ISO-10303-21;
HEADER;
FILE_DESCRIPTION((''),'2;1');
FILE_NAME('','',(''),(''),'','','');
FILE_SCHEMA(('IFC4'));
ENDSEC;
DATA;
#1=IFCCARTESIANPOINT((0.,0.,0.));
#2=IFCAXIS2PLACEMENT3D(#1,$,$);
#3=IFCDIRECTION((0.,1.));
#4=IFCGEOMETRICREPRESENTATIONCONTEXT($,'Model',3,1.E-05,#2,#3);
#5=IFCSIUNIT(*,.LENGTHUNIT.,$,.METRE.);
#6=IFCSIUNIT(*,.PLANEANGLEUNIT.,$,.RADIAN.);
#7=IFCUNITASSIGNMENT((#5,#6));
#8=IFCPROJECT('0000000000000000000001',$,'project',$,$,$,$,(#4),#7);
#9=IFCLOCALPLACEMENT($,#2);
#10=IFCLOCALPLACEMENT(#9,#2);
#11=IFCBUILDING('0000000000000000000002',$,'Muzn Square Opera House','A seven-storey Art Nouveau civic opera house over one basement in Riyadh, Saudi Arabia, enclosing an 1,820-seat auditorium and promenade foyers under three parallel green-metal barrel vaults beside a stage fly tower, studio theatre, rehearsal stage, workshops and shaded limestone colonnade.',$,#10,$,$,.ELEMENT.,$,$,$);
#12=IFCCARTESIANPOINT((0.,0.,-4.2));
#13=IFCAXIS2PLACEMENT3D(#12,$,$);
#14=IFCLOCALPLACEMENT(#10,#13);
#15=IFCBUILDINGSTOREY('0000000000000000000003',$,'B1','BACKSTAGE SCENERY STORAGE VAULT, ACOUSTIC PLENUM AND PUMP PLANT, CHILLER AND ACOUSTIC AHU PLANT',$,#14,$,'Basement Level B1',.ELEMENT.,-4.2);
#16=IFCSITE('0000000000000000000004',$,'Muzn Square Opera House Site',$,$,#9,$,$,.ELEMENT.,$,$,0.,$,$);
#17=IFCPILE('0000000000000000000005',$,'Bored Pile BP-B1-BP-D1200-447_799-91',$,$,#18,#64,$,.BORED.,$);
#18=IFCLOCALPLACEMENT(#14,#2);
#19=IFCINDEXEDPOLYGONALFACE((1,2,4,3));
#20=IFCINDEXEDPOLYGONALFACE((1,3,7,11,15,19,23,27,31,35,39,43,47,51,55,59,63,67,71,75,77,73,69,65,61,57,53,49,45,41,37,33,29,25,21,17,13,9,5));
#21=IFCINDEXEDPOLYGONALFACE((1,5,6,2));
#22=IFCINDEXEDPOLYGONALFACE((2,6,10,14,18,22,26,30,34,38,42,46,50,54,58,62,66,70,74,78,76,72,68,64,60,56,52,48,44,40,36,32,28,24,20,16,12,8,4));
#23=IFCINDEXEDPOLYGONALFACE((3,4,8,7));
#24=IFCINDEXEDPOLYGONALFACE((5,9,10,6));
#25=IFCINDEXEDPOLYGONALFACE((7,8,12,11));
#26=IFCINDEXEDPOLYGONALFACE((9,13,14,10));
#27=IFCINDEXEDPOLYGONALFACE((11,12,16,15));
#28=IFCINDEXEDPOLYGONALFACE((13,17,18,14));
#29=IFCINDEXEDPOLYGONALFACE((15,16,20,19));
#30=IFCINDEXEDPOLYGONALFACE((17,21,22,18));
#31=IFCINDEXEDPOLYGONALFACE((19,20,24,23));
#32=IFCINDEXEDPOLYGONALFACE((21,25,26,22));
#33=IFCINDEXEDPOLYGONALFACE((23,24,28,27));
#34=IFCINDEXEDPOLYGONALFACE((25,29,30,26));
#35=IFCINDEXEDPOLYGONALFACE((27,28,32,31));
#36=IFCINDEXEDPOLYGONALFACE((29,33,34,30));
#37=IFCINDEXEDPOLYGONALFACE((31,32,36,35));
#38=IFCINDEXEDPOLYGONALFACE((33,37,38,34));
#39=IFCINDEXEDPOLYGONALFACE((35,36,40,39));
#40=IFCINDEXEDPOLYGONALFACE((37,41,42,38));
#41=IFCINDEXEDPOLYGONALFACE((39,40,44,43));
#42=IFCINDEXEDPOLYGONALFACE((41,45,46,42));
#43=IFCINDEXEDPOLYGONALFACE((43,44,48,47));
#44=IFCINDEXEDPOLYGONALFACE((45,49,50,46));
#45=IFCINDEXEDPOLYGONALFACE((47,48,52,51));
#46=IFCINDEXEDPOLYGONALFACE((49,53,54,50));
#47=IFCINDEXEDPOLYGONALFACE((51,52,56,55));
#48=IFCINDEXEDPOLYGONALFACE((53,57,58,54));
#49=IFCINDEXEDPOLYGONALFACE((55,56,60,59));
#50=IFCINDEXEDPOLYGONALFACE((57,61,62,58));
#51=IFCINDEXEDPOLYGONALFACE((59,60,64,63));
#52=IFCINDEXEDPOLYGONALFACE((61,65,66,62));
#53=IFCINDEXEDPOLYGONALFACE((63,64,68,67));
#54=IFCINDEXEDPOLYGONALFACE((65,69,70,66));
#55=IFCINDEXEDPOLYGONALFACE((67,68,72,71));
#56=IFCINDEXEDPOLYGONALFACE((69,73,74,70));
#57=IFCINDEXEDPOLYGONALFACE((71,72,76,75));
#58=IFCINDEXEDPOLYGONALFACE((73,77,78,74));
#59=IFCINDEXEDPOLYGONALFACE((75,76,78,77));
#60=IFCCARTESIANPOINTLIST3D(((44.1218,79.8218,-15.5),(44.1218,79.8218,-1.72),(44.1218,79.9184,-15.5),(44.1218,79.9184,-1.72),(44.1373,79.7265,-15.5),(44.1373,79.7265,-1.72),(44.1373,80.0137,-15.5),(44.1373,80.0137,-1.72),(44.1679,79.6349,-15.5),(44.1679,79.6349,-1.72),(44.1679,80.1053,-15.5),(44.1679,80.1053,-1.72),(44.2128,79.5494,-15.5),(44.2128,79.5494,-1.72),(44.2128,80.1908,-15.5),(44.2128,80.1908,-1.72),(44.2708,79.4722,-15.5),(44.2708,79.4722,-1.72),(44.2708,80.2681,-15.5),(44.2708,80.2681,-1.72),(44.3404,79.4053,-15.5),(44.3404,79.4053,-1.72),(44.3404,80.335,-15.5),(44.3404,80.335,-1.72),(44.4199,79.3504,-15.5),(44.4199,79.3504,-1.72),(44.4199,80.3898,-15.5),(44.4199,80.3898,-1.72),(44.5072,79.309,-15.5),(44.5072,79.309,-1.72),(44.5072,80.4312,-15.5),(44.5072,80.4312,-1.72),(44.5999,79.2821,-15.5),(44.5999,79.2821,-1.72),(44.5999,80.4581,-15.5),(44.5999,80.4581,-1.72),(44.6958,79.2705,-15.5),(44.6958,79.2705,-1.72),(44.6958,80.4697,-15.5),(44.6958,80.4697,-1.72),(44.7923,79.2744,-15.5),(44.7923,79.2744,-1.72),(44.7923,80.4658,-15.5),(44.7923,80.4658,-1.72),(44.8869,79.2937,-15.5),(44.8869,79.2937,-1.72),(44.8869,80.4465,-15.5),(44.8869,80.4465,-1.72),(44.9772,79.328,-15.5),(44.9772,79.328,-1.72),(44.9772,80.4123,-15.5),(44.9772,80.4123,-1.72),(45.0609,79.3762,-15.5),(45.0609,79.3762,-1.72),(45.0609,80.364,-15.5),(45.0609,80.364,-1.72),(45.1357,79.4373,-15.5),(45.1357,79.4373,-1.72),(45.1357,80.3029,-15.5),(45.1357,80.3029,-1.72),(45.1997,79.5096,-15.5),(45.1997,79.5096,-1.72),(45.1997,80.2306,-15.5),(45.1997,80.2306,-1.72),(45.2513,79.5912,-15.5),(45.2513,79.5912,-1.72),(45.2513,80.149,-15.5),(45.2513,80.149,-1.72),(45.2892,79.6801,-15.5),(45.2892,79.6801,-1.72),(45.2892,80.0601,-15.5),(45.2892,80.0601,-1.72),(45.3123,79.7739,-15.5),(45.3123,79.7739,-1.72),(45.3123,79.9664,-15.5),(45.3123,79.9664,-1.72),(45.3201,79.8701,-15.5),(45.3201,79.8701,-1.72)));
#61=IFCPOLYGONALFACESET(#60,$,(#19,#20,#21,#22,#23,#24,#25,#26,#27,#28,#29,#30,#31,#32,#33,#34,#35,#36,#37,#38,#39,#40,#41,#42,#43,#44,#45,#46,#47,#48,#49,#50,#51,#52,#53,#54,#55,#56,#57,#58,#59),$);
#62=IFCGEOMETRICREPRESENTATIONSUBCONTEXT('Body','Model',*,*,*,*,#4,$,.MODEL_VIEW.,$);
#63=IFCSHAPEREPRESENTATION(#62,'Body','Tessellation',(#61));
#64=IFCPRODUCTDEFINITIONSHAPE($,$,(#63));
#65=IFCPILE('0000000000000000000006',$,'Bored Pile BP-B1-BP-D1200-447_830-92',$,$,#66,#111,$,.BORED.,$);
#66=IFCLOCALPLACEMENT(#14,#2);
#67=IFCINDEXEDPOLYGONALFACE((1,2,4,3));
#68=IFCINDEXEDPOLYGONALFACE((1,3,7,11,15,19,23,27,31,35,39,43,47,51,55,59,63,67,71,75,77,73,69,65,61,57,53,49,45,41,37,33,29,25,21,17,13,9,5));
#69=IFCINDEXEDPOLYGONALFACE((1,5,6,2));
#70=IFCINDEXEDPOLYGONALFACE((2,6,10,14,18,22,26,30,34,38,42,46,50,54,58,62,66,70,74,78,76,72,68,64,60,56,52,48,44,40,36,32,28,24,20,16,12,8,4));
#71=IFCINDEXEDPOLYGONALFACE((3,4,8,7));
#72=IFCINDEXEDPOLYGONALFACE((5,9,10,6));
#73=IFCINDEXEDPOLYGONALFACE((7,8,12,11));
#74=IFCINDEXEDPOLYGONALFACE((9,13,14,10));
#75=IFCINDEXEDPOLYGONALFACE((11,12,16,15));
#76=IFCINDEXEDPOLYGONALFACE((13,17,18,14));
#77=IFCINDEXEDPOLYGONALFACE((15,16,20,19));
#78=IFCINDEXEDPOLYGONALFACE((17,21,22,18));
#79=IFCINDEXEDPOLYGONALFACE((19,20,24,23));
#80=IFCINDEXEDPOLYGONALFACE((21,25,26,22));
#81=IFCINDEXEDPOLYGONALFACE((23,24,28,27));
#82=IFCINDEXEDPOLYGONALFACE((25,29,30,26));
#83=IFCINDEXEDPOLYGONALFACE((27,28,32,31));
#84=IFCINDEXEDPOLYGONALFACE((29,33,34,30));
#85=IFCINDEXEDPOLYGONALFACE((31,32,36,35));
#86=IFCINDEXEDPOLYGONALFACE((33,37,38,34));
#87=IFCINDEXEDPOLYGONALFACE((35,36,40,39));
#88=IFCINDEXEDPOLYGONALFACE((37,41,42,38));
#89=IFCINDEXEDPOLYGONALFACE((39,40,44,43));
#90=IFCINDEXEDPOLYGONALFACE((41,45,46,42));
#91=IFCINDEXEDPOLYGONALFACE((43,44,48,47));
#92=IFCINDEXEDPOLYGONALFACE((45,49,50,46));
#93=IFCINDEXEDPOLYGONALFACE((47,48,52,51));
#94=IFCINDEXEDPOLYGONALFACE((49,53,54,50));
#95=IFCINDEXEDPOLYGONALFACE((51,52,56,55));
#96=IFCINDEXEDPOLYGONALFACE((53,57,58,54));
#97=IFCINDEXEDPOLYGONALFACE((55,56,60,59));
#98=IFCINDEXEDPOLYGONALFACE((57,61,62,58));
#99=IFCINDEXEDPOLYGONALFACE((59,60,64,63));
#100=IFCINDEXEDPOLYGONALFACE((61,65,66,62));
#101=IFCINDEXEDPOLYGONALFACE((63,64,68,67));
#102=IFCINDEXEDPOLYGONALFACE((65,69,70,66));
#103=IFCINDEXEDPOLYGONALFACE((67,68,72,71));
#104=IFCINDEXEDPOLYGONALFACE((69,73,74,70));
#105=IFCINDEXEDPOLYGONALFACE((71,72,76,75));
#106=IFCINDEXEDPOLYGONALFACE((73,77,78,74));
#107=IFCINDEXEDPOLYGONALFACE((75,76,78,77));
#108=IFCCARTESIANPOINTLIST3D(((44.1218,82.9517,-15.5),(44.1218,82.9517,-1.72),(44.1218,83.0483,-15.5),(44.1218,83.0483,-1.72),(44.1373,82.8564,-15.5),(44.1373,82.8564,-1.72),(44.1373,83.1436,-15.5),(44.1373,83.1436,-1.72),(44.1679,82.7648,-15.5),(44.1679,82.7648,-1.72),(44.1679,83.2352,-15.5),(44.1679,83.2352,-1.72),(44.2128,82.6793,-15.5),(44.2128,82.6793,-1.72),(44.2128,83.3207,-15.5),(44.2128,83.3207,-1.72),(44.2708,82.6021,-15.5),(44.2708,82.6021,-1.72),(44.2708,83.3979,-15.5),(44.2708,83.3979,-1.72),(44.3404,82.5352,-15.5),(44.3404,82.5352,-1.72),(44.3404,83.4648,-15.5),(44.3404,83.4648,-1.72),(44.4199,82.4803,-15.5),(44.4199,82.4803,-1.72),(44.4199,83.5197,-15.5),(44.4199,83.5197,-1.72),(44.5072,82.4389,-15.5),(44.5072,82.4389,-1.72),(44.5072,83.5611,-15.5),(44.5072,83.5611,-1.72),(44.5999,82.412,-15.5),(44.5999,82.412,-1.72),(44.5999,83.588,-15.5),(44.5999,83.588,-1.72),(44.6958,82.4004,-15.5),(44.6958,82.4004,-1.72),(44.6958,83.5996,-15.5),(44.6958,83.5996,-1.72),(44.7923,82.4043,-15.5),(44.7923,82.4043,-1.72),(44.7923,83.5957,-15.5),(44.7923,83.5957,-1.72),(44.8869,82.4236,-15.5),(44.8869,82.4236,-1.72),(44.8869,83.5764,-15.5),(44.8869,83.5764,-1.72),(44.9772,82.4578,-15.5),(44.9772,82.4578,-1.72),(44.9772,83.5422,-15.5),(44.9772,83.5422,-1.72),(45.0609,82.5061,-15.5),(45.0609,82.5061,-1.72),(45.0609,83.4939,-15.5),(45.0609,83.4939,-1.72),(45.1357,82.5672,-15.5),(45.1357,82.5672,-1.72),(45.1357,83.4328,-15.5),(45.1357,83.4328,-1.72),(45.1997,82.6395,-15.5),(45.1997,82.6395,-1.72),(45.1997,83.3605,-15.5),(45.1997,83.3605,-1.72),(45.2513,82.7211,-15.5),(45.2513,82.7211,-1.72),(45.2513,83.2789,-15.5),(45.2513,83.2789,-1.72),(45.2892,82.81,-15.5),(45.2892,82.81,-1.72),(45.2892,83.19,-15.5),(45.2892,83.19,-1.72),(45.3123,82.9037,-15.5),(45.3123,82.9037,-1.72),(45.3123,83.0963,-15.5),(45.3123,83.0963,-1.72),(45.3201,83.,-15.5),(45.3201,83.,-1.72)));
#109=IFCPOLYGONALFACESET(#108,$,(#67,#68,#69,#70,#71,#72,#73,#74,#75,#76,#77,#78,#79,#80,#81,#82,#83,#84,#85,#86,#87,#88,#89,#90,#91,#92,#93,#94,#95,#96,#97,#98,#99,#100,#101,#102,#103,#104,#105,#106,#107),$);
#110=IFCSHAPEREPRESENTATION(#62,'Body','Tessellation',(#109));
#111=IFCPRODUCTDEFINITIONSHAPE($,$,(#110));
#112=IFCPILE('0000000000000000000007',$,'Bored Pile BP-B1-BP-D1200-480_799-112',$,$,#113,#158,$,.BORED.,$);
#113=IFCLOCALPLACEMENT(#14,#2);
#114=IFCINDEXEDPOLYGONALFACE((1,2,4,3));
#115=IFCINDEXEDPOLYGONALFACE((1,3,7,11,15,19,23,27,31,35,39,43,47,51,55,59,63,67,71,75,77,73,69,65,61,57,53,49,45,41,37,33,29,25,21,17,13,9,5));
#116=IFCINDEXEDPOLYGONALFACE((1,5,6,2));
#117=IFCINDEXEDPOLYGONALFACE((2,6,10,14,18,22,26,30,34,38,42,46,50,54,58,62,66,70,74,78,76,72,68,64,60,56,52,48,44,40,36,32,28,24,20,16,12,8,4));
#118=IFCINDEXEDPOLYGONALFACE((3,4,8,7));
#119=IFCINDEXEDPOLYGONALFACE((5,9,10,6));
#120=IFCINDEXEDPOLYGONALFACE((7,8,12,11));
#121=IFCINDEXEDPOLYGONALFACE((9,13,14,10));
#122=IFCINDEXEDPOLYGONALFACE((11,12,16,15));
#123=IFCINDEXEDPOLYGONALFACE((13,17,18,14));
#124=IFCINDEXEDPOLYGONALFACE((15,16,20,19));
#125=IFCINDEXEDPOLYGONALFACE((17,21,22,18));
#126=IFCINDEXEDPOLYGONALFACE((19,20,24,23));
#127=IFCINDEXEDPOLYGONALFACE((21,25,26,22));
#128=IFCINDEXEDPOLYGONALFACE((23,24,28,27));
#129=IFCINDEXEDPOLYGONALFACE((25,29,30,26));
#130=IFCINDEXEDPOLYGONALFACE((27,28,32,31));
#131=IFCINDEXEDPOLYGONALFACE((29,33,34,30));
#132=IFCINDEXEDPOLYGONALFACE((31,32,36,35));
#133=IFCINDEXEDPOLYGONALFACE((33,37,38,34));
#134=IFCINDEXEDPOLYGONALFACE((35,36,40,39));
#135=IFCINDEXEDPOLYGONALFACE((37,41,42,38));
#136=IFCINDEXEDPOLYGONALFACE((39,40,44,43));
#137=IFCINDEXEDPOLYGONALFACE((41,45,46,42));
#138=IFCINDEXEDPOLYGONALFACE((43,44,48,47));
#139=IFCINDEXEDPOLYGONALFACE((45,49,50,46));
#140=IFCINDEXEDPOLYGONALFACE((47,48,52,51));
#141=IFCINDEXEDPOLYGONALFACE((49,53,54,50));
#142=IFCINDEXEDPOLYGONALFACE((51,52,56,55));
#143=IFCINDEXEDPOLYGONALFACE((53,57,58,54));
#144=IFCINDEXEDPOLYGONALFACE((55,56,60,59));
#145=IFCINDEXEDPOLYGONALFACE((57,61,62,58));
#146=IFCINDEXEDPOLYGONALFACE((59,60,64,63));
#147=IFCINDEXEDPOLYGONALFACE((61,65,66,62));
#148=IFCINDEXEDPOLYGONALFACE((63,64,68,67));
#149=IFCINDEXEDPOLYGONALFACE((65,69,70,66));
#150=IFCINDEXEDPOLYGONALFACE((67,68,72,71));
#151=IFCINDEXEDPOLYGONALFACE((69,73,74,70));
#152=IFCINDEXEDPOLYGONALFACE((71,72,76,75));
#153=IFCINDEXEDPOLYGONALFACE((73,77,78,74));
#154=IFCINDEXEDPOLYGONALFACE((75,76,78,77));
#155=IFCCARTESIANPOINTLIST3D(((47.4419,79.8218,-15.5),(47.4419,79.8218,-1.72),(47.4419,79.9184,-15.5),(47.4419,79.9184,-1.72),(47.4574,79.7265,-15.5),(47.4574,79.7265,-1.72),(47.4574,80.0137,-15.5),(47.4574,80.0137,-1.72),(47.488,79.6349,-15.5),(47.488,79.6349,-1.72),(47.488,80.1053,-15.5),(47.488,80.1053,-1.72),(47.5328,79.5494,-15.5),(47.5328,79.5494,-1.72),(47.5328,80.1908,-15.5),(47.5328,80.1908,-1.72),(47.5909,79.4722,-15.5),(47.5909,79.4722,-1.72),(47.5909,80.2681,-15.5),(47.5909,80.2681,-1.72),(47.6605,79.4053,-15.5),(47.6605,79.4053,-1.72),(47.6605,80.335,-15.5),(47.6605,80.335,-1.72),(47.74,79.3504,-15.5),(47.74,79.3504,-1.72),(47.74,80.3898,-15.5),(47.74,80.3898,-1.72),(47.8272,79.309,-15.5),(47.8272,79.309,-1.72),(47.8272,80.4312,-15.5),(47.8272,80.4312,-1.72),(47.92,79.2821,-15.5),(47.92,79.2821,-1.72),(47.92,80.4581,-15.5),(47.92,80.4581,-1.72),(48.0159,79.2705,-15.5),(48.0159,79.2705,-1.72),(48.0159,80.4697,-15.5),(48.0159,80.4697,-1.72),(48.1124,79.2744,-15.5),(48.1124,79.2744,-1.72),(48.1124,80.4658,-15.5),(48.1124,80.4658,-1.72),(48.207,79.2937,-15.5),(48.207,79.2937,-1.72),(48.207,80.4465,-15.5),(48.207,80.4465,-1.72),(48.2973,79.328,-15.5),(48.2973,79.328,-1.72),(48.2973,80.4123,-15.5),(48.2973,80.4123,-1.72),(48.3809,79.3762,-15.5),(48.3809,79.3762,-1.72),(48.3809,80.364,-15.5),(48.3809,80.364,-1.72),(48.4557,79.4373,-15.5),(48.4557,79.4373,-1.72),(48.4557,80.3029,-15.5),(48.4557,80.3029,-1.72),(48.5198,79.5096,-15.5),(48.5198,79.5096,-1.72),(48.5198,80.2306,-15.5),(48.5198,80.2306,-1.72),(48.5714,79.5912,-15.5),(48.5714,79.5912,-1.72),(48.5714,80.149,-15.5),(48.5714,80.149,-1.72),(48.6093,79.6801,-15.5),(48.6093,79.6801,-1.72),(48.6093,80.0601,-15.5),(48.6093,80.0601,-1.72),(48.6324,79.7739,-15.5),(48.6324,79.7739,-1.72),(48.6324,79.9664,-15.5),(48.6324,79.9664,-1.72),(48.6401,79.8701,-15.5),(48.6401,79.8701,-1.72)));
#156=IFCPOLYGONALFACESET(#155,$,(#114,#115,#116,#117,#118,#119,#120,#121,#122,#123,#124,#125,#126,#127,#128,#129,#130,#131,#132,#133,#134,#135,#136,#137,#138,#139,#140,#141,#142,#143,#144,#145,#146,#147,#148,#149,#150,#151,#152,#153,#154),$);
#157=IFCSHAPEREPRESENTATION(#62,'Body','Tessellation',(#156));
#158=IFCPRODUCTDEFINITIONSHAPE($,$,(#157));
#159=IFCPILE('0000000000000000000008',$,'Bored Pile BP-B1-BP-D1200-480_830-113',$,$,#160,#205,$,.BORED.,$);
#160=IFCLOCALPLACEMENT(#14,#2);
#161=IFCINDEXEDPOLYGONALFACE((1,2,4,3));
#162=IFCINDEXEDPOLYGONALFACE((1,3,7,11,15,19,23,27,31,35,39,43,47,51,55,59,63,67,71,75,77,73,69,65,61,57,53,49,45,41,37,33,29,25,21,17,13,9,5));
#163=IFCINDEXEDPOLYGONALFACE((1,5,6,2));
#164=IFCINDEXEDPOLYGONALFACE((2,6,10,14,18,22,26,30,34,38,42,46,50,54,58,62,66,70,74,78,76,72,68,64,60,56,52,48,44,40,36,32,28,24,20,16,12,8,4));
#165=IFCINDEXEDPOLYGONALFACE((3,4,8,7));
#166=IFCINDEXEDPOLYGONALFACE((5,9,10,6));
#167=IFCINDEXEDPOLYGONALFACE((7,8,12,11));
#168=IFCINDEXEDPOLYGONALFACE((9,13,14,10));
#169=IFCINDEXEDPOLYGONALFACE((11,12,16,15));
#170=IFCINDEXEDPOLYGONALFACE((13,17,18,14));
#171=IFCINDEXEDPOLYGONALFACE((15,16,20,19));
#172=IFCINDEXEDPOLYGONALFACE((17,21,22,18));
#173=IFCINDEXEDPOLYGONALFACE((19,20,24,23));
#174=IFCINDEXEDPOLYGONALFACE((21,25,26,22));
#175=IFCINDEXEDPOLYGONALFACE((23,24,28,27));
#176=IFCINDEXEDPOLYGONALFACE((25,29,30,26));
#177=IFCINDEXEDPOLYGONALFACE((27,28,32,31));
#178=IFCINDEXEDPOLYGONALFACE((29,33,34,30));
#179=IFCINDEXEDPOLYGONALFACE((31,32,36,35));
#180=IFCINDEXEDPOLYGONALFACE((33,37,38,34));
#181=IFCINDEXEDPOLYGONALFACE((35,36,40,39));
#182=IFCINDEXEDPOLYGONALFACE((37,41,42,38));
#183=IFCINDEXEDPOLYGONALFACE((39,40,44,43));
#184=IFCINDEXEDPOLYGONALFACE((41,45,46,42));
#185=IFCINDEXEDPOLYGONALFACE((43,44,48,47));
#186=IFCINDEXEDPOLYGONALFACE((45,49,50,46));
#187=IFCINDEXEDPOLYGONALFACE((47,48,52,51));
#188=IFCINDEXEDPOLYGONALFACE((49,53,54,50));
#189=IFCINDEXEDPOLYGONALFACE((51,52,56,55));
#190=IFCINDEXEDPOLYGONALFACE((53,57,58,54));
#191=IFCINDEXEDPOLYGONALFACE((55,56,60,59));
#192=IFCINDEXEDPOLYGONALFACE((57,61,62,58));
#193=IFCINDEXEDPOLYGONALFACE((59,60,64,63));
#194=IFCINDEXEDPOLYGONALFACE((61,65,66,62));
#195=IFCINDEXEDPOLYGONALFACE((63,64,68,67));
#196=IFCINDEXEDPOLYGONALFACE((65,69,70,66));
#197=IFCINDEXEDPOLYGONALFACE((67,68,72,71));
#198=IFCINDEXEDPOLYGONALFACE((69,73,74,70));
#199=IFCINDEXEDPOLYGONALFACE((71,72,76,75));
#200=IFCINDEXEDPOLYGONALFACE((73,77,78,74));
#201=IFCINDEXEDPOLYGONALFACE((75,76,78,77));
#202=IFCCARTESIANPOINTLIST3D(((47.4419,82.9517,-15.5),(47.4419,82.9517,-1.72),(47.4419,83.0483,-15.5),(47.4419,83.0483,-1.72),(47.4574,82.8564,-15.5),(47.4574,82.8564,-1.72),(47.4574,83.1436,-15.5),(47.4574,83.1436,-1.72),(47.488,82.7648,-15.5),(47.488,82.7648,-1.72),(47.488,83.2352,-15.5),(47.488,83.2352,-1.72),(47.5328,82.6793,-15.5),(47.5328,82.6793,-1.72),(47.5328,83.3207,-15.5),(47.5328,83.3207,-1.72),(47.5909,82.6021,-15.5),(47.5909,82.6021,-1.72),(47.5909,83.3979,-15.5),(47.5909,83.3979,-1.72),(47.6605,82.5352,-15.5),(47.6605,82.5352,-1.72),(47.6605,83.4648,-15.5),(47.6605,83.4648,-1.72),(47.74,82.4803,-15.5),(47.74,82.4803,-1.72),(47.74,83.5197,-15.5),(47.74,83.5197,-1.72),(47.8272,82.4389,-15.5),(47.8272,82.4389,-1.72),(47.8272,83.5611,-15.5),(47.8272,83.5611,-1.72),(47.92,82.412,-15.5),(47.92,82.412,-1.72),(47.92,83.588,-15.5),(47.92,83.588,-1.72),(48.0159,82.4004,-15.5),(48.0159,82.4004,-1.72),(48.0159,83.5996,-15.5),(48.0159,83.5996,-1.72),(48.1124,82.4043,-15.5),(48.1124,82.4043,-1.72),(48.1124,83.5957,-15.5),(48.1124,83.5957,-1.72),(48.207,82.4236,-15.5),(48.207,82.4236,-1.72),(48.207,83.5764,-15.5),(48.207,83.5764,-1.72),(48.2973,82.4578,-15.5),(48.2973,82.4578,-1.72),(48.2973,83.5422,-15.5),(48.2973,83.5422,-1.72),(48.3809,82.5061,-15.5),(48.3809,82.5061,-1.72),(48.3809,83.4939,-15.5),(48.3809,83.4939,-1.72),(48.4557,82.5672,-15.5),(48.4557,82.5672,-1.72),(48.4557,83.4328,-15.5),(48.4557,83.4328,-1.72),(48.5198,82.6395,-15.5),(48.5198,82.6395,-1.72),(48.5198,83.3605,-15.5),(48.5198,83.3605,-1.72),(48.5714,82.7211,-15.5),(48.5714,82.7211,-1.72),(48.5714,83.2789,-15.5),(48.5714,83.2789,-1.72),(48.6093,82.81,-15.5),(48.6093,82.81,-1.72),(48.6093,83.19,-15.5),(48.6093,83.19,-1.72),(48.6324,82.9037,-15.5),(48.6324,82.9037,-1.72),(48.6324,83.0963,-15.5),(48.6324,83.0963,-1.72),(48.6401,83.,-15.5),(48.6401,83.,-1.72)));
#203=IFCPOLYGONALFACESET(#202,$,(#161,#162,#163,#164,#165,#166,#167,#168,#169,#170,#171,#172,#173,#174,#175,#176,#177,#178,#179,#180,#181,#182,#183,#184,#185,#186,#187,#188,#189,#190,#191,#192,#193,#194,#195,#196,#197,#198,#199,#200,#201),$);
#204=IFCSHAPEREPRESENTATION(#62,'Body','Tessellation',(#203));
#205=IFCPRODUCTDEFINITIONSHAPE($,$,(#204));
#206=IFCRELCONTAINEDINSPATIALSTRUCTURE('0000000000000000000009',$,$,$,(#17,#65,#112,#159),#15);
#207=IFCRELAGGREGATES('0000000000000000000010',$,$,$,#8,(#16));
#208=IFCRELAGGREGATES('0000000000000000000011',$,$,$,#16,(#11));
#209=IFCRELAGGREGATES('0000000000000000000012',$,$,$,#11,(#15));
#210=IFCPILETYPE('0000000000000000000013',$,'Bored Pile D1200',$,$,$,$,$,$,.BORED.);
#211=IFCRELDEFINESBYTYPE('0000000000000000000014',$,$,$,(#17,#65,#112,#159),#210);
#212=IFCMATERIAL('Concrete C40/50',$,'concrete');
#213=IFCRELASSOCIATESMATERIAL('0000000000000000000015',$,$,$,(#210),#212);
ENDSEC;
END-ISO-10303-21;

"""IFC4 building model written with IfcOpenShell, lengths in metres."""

from ifc_helpers import new_model, si_unit, direction, frame, origin, origin_2d, place, context, subcontext, project, spatial, circle, extrude, material, material_profile, profile_set, type_object, element, save


model = new_model("IFC4")

# Units and contexts
model_context = context("Model", 3, precision=1e-05, world=origin(), true_north=direction((0.0, 1.0)))
body_context = subcontext(model_context, "Body", "Model", "MODEL_VIEW")
ifc_project = project(units=[si_unit("LENGTHUNIT", "METRE"), si_unit("PLANEANGLEUNIT", "RADIAN")], contexts=[model_context])

# Site, building, storey
site_placement = place(None, origin())
site = spatial("IfcSite", under=ifc_project, at=site_placement, Name="Muzn Square Opera House Site", CompositionType="ELEMENT", RefElevation=0.0)
building_placement = place(site_placement, origin())
building = spatial("IfcBuilding", under=site, at=building_placement, Name="Muzn Square Opera House", Description="A seven-storey Art Nouveau civic opera house over one basement in Riyadh, Saudi Arabia, enclosing an 1,820-seat auditorium and promenade foyers under three parallel green-metal barrel vaults beside a stage fly tower, studio theatre, rehearsal stage, workshops and shaded limestone colonnade.", CompositionType="ELEMENT")
storey_placement = place(building_placement, frame((0.0, 0.0, -4.2)))
storey = spatial("IfcBuildingStorey", under=building, at=storey_placement, Name="B1", Description="BACKSTAGE SCENERY STORAGE VAULT, ACOUSTIC PLENUM AND PUMP PLANT, CHILLER AND ACOUSTIC AHU PLANT", LongName="Basement Level B1", CompositionType="ELEMENT", Elevation=-4.2)

# Piles
ifc_material_1 = material(Name="Concrete C40/50", Category="concrete")
ifc_material_profile_1 = material_profile(ifc_material_1, circle(Radius=0.6001, at=origin_2d()), Name="BORED PILE D1200", Category="concrete")
ifc_profile_set_1 = profile_set([ifc_material_profile_1], Name="Concrete C40/50")
pile_type = type_object("IfcPileType", Name="Bored Pile D1200", PredefinedType="BORED", material=ifc_profile_set_1)
for number, where, z_axis, x_axis, name in (
    (1, (44.72, 79.8701, -1.72), (0.0, 0.0, -1.0), (1.0, 0.0, 0.0), "Bored Pile BP-B1-BP-D1200-447_799-91"),
    (2, (44.72, 83.0, -1.72), (0.0, 0.0, -1.0), (1.0, 0.0, 0.0), "Bored Pile BP-B1-BP-D1200-447_830-92"),
    (3, (48.04, 79.8701, -1.72), (0.0, 0.0, -1.0), (1.0, 0.0, 0.0), "Bored Pile BP-B1-BP-D1200-480_799-112"),
    (4, (48.04, 83.0, -1.72), (0.0, 0.0, -1.0), (1.0, 0.0, 0.0), "Bored Pile BP-B1-BP-D1200-480_830-113"),
):
    element("IfcPile", number, at=place(storey_placement, frame(where, z_axis=z_axis, x_axis=x_axis)), inside=storey, type_object=pile_type, Name=name, PredefinedType="BORED", context=body_context, shape_type="SweptSolid", body=[
        extrude(circle(Radius=0.6001, at=origin_2d()), origin(), (0.0, 0.0, 1.0), 13.78),
    ])

save(model, "model.ifc")
